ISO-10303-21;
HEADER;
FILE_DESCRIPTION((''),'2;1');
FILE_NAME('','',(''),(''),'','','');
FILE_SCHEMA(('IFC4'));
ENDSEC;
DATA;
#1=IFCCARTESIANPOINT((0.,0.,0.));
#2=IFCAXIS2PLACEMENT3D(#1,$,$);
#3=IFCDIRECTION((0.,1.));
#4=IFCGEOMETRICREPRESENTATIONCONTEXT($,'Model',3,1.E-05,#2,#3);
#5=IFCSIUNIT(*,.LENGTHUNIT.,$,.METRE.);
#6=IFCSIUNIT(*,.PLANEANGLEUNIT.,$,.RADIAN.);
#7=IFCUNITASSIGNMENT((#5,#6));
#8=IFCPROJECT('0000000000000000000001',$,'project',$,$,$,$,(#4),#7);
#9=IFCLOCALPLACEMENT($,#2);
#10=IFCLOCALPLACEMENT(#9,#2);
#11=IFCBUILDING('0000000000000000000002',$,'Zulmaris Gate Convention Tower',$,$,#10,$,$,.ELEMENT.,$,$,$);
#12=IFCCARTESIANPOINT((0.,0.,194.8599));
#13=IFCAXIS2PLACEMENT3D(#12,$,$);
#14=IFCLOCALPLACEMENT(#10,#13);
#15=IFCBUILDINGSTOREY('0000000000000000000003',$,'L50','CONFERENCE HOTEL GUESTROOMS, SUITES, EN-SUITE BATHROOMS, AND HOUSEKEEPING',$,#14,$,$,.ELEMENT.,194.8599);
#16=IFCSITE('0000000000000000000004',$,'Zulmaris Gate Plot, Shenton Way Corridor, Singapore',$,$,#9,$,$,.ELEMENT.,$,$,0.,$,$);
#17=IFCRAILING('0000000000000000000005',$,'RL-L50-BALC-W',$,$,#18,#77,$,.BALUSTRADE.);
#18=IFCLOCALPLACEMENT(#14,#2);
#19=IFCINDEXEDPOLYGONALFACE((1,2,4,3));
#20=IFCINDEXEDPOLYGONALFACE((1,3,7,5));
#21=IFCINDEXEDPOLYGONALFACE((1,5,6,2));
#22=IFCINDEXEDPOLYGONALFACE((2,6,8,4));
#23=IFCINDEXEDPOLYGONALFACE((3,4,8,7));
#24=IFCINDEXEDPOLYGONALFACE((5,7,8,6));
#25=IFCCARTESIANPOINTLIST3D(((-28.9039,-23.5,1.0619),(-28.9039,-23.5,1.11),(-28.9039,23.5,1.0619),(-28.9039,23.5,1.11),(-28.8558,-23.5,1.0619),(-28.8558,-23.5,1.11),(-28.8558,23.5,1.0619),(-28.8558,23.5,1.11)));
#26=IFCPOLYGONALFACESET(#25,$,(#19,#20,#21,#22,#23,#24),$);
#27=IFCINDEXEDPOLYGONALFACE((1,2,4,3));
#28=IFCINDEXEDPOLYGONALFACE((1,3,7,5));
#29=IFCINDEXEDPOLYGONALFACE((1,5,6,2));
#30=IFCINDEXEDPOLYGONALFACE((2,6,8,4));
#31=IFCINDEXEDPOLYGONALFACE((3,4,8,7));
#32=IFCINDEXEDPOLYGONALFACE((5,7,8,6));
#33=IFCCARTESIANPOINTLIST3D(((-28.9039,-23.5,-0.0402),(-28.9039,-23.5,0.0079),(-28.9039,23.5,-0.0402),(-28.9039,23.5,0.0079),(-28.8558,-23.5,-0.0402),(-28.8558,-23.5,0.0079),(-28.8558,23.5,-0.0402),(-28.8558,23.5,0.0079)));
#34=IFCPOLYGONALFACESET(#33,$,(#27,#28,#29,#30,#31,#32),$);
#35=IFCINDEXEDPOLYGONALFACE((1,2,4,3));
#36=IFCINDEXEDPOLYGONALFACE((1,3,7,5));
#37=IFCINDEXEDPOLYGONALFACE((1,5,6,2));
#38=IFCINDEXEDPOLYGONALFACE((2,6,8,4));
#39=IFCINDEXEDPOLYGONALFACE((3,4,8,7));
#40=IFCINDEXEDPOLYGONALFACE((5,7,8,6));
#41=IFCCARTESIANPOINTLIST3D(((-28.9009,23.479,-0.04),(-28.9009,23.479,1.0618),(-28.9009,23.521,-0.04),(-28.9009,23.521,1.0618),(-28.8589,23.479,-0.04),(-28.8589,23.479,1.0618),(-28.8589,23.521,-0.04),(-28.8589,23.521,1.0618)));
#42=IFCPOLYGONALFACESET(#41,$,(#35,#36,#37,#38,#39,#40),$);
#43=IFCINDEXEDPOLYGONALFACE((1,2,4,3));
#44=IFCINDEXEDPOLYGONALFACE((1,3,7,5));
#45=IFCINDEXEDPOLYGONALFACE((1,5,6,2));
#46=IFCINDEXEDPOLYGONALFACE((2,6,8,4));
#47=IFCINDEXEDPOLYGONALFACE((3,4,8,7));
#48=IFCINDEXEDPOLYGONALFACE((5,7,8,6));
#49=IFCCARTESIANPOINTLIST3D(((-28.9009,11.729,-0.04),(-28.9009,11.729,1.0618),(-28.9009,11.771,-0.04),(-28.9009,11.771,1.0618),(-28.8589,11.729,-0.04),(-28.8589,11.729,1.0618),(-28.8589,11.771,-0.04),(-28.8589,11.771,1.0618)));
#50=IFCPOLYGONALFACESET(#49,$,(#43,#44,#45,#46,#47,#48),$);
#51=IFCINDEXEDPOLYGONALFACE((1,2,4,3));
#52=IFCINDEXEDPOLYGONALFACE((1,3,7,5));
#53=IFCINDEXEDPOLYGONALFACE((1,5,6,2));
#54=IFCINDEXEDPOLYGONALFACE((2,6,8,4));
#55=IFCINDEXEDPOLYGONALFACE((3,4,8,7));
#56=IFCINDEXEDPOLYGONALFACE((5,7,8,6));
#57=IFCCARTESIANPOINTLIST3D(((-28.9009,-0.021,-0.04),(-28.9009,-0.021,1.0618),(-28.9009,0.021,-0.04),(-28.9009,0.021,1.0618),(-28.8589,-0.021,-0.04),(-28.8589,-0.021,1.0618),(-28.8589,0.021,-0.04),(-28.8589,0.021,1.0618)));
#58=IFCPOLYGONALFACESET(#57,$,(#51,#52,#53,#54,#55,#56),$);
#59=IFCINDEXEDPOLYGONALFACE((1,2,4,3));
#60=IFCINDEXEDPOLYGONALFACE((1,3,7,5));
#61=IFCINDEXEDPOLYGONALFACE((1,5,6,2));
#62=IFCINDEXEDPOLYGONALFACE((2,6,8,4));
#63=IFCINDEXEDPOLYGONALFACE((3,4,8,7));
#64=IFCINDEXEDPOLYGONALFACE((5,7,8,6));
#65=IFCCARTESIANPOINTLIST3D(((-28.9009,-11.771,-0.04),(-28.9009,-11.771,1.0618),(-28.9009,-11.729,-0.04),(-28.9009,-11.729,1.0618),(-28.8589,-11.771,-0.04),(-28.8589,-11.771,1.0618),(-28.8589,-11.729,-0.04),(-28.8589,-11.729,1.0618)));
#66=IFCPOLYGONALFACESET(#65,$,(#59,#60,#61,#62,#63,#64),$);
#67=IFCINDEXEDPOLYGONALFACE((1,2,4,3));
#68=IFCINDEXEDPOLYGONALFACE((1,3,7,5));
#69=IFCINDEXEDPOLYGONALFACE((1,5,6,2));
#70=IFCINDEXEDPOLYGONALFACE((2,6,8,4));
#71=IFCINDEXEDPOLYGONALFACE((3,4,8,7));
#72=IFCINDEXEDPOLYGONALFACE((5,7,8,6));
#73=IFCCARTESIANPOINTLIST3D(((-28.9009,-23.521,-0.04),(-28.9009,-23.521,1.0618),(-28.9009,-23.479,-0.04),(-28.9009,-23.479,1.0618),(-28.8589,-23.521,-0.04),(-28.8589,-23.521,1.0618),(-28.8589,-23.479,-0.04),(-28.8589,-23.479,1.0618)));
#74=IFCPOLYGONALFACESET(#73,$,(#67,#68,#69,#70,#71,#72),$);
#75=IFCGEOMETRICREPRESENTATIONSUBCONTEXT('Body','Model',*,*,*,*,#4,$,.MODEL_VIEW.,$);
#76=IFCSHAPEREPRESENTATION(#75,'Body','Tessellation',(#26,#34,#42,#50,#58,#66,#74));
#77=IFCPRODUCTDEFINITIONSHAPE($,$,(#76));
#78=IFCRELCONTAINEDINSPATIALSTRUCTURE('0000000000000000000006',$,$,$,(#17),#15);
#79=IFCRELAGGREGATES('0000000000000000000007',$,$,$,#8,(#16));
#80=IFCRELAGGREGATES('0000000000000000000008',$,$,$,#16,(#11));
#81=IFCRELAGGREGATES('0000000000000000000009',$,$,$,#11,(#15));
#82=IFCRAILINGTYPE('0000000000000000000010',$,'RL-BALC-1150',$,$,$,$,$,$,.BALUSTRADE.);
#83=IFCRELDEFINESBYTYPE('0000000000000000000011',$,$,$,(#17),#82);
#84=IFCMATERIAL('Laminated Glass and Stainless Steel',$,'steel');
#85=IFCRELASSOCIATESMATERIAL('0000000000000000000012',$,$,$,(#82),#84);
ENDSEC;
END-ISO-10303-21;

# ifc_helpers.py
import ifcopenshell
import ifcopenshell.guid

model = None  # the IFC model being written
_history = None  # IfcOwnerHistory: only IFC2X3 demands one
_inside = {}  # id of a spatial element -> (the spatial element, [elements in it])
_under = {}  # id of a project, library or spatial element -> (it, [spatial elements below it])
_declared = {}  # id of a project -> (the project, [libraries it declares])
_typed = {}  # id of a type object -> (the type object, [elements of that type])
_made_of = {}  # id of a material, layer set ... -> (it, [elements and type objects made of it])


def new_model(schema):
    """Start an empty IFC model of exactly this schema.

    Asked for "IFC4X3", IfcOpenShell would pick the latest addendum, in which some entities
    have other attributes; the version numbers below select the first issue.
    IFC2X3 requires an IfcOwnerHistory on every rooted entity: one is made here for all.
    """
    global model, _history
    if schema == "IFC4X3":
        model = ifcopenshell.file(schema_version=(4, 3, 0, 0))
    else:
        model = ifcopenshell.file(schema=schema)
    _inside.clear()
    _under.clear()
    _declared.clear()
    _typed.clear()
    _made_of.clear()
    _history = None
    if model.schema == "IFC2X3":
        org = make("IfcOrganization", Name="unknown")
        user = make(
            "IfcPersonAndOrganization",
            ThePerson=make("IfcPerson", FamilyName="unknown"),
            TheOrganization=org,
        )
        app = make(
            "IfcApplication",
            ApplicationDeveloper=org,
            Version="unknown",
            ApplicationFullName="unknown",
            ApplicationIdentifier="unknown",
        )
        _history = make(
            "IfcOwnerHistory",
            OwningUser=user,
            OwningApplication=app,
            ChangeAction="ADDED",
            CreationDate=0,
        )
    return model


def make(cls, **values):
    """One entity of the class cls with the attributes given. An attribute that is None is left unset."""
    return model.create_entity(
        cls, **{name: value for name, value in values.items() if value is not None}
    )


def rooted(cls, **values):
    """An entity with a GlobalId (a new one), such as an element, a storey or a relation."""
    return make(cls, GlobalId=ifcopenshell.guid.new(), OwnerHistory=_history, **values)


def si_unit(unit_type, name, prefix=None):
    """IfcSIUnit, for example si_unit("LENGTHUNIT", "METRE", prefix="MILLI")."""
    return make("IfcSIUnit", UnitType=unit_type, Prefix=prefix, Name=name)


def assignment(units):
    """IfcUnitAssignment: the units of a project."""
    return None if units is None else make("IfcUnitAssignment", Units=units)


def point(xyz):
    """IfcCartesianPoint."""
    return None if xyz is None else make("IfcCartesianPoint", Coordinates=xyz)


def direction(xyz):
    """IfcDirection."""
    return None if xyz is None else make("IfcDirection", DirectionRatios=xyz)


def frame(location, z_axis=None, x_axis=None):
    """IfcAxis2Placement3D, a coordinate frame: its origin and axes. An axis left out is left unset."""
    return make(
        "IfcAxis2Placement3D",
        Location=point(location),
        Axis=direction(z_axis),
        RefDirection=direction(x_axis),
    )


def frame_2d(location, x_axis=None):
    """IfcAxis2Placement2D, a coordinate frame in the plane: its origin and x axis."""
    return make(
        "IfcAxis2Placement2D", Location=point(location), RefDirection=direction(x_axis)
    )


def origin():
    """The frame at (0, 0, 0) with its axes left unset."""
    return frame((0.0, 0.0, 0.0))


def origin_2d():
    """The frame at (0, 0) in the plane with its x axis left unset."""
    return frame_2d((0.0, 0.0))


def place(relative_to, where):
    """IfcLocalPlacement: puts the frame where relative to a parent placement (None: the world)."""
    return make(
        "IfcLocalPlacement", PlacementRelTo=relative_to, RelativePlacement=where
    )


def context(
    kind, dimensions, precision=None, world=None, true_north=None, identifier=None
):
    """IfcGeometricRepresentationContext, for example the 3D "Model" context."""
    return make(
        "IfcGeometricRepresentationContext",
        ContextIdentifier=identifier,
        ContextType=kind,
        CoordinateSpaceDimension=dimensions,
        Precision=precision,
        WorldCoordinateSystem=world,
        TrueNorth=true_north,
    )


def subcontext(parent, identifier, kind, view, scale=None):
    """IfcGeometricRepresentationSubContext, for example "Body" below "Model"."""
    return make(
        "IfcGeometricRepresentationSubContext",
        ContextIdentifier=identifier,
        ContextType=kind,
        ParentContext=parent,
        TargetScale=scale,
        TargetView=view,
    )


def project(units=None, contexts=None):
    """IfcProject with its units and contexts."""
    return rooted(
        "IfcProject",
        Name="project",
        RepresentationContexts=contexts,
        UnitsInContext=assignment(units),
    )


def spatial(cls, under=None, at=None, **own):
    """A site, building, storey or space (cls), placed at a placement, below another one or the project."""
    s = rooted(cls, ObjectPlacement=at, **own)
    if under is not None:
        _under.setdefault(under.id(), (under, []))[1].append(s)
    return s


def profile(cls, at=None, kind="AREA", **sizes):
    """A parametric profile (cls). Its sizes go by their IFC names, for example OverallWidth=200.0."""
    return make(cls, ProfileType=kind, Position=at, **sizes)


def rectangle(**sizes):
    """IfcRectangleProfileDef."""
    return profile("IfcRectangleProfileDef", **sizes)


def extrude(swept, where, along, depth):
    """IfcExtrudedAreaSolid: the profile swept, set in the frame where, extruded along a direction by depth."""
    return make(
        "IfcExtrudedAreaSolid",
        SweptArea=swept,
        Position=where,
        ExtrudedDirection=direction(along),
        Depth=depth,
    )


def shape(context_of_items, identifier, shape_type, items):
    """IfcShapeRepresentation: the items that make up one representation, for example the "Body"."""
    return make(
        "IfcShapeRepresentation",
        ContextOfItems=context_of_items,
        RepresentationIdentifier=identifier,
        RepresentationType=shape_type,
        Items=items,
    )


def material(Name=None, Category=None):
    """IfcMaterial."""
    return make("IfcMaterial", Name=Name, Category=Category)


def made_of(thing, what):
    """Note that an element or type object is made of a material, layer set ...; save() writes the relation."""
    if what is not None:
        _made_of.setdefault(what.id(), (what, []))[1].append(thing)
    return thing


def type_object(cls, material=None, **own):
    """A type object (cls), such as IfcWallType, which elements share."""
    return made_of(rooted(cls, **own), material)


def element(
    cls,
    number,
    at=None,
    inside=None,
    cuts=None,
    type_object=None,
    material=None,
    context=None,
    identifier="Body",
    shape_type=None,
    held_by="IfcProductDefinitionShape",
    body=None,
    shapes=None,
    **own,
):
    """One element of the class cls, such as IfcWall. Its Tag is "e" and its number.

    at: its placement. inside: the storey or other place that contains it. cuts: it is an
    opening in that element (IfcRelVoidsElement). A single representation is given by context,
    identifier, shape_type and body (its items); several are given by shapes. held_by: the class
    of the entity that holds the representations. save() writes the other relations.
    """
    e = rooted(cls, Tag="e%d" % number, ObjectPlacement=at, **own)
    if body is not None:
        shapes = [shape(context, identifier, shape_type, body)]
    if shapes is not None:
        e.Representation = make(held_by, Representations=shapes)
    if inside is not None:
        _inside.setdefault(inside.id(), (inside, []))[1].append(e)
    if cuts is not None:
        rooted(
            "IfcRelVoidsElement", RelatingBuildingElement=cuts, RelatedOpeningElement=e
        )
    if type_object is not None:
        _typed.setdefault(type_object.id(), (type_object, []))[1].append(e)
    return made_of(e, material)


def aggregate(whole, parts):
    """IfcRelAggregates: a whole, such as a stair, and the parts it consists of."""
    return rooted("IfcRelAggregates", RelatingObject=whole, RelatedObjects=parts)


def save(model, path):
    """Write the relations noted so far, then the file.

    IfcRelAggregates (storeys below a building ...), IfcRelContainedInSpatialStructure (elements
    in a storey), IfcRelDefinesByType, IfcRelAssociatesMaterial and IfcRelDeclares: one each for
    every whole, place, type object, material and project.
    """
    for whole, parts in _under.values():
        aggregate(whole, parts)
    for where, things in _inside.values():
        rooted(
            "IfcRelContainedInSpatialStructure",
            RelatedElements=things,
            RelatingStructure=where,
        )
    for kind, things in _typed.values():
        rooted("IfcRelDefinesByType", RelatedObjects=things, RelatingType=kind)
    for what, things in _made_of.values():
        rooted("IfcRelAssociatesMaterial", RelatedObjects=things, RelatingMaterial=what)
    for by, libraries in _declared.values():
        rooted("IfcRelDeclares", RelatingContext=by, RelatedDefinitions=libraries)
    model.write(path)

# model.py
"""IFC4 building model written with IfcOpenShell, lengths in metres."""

from ifc_helpers import new_model, si_unit, direction, frame, origin, origin_2d, place, context, subcontext, project, spatial, rectangle, extrude, material, type_object, element, save


model = new_model("IFC4")

# Units and contexts
model_context = context("Model", 3, precision=1e-05, world=origin(), true_north=direction((0.0, 1.0)))
body_context = subcontext(model_context, "Body", "Model", "MODEL_VIEW")
ifc_project = project(units=[si_unit("LENGTHUNIT", "METRE"), si_unit("PLANEANGLEUNIT", "RADIAN")], contexts=[model_context])

# Site, building, storey
site_placement = place(None, origin())
site = spatial("IfcSite", under=ifc_project, at=site_placement, Name="Zulmaris Gate Plot, Shenton Way Corridor, Singapore", CompositionType="ELEMENT", RefElevation=0.0)
building_placement = place(site_placement, origin())
building = spatial("IfcBuilding", under=site, at=building_placement, Name="Zulmaris Gate Convention Tower", CompositionType="ELEMENT")
storey_placement = place(building_placement, frame((0.0, 0.0, 194.8599)))
storey = spatial("IfcBuildingStorey", under=building, at=storey_placement, Name="L50", Description="CONFERENCE HOTEL GUESTROOMS, SUITES, EN-SUITE BATHROOMS, AND HOUSEKEEPING", CompositionType="ELEMENT", Elevation=194.8599)

# Railing
ifc_material_1 = material(Name="Laminated Glass and Stainless Steel", Category="steel")
railing_type = type_object("IfcRailingType", Name="RL-BALC-1150", PredefinedType="BALUSTRADE", material=ifc_material_1)
railing_placement = place(storey_placement, frame((-28.8799, 23.5, -0.04)))
element("IfcRailing", 1, at=railing_placement, inside=storey, type_object=railing_type, Name="RL-L50-BALC-W", PredefinedType="BALUSTRADE", context=body_context, shape_type="SweptSolid", body=[
    extrude(rectangle(XDim=0.0481, YDim=0.0481, at=origin_2d()), frame((0.0, 0.0, 1.126), z_axis=(0.0, -1.0, 0.0), x_axis=(1.0, 0.0, 0.0)), (0.0, 0.0, 1.0), 47.0),
    extrude(rectangle(XDim=0.0481, YDim=0.0481, at=origin_2d()), frame((0.0, 0.0, 0.0239), z_axis=(0.0, -1.0, 0.0), x_axis=(1.0, 0.0, 0.0)), (0.0, 0.0, 1.0), 47.0),
    extrude(rectangle(XDim=0.042, YDim=0.042, at=origin_2d()), origin(), (0.0, 0.0, 1.0), 1.1018),
    extrude(rectangle(XDim=0.042, YDim=0.042, at=origin_2d()), frame((0.0, -11.75, 0.0)), (0.0, 0.0, 1.0), 1.1018),
    extrude(rectangle(XDim=0.042, YDim=0.042, at=origin_2d()), frame((0.0, -23.5, 0.0)), (0.0, 0.0, 1.0), 1.1018),
    extrude(rectangle(XDim=0.042, YDim=0.042, at=origin_2d()), frame((0.0, -35.25, 0.0)), (0.0, 0.0, 1.0), 1.1018),
    extrude(rectangle(XDim=0.042, YDim=0.042, at=origin_2d()), frame((0.0, -47.0, 0.0)), (0.0, 0.0, 1.0), 1.1018),
])

save(model, "model.ifc")
